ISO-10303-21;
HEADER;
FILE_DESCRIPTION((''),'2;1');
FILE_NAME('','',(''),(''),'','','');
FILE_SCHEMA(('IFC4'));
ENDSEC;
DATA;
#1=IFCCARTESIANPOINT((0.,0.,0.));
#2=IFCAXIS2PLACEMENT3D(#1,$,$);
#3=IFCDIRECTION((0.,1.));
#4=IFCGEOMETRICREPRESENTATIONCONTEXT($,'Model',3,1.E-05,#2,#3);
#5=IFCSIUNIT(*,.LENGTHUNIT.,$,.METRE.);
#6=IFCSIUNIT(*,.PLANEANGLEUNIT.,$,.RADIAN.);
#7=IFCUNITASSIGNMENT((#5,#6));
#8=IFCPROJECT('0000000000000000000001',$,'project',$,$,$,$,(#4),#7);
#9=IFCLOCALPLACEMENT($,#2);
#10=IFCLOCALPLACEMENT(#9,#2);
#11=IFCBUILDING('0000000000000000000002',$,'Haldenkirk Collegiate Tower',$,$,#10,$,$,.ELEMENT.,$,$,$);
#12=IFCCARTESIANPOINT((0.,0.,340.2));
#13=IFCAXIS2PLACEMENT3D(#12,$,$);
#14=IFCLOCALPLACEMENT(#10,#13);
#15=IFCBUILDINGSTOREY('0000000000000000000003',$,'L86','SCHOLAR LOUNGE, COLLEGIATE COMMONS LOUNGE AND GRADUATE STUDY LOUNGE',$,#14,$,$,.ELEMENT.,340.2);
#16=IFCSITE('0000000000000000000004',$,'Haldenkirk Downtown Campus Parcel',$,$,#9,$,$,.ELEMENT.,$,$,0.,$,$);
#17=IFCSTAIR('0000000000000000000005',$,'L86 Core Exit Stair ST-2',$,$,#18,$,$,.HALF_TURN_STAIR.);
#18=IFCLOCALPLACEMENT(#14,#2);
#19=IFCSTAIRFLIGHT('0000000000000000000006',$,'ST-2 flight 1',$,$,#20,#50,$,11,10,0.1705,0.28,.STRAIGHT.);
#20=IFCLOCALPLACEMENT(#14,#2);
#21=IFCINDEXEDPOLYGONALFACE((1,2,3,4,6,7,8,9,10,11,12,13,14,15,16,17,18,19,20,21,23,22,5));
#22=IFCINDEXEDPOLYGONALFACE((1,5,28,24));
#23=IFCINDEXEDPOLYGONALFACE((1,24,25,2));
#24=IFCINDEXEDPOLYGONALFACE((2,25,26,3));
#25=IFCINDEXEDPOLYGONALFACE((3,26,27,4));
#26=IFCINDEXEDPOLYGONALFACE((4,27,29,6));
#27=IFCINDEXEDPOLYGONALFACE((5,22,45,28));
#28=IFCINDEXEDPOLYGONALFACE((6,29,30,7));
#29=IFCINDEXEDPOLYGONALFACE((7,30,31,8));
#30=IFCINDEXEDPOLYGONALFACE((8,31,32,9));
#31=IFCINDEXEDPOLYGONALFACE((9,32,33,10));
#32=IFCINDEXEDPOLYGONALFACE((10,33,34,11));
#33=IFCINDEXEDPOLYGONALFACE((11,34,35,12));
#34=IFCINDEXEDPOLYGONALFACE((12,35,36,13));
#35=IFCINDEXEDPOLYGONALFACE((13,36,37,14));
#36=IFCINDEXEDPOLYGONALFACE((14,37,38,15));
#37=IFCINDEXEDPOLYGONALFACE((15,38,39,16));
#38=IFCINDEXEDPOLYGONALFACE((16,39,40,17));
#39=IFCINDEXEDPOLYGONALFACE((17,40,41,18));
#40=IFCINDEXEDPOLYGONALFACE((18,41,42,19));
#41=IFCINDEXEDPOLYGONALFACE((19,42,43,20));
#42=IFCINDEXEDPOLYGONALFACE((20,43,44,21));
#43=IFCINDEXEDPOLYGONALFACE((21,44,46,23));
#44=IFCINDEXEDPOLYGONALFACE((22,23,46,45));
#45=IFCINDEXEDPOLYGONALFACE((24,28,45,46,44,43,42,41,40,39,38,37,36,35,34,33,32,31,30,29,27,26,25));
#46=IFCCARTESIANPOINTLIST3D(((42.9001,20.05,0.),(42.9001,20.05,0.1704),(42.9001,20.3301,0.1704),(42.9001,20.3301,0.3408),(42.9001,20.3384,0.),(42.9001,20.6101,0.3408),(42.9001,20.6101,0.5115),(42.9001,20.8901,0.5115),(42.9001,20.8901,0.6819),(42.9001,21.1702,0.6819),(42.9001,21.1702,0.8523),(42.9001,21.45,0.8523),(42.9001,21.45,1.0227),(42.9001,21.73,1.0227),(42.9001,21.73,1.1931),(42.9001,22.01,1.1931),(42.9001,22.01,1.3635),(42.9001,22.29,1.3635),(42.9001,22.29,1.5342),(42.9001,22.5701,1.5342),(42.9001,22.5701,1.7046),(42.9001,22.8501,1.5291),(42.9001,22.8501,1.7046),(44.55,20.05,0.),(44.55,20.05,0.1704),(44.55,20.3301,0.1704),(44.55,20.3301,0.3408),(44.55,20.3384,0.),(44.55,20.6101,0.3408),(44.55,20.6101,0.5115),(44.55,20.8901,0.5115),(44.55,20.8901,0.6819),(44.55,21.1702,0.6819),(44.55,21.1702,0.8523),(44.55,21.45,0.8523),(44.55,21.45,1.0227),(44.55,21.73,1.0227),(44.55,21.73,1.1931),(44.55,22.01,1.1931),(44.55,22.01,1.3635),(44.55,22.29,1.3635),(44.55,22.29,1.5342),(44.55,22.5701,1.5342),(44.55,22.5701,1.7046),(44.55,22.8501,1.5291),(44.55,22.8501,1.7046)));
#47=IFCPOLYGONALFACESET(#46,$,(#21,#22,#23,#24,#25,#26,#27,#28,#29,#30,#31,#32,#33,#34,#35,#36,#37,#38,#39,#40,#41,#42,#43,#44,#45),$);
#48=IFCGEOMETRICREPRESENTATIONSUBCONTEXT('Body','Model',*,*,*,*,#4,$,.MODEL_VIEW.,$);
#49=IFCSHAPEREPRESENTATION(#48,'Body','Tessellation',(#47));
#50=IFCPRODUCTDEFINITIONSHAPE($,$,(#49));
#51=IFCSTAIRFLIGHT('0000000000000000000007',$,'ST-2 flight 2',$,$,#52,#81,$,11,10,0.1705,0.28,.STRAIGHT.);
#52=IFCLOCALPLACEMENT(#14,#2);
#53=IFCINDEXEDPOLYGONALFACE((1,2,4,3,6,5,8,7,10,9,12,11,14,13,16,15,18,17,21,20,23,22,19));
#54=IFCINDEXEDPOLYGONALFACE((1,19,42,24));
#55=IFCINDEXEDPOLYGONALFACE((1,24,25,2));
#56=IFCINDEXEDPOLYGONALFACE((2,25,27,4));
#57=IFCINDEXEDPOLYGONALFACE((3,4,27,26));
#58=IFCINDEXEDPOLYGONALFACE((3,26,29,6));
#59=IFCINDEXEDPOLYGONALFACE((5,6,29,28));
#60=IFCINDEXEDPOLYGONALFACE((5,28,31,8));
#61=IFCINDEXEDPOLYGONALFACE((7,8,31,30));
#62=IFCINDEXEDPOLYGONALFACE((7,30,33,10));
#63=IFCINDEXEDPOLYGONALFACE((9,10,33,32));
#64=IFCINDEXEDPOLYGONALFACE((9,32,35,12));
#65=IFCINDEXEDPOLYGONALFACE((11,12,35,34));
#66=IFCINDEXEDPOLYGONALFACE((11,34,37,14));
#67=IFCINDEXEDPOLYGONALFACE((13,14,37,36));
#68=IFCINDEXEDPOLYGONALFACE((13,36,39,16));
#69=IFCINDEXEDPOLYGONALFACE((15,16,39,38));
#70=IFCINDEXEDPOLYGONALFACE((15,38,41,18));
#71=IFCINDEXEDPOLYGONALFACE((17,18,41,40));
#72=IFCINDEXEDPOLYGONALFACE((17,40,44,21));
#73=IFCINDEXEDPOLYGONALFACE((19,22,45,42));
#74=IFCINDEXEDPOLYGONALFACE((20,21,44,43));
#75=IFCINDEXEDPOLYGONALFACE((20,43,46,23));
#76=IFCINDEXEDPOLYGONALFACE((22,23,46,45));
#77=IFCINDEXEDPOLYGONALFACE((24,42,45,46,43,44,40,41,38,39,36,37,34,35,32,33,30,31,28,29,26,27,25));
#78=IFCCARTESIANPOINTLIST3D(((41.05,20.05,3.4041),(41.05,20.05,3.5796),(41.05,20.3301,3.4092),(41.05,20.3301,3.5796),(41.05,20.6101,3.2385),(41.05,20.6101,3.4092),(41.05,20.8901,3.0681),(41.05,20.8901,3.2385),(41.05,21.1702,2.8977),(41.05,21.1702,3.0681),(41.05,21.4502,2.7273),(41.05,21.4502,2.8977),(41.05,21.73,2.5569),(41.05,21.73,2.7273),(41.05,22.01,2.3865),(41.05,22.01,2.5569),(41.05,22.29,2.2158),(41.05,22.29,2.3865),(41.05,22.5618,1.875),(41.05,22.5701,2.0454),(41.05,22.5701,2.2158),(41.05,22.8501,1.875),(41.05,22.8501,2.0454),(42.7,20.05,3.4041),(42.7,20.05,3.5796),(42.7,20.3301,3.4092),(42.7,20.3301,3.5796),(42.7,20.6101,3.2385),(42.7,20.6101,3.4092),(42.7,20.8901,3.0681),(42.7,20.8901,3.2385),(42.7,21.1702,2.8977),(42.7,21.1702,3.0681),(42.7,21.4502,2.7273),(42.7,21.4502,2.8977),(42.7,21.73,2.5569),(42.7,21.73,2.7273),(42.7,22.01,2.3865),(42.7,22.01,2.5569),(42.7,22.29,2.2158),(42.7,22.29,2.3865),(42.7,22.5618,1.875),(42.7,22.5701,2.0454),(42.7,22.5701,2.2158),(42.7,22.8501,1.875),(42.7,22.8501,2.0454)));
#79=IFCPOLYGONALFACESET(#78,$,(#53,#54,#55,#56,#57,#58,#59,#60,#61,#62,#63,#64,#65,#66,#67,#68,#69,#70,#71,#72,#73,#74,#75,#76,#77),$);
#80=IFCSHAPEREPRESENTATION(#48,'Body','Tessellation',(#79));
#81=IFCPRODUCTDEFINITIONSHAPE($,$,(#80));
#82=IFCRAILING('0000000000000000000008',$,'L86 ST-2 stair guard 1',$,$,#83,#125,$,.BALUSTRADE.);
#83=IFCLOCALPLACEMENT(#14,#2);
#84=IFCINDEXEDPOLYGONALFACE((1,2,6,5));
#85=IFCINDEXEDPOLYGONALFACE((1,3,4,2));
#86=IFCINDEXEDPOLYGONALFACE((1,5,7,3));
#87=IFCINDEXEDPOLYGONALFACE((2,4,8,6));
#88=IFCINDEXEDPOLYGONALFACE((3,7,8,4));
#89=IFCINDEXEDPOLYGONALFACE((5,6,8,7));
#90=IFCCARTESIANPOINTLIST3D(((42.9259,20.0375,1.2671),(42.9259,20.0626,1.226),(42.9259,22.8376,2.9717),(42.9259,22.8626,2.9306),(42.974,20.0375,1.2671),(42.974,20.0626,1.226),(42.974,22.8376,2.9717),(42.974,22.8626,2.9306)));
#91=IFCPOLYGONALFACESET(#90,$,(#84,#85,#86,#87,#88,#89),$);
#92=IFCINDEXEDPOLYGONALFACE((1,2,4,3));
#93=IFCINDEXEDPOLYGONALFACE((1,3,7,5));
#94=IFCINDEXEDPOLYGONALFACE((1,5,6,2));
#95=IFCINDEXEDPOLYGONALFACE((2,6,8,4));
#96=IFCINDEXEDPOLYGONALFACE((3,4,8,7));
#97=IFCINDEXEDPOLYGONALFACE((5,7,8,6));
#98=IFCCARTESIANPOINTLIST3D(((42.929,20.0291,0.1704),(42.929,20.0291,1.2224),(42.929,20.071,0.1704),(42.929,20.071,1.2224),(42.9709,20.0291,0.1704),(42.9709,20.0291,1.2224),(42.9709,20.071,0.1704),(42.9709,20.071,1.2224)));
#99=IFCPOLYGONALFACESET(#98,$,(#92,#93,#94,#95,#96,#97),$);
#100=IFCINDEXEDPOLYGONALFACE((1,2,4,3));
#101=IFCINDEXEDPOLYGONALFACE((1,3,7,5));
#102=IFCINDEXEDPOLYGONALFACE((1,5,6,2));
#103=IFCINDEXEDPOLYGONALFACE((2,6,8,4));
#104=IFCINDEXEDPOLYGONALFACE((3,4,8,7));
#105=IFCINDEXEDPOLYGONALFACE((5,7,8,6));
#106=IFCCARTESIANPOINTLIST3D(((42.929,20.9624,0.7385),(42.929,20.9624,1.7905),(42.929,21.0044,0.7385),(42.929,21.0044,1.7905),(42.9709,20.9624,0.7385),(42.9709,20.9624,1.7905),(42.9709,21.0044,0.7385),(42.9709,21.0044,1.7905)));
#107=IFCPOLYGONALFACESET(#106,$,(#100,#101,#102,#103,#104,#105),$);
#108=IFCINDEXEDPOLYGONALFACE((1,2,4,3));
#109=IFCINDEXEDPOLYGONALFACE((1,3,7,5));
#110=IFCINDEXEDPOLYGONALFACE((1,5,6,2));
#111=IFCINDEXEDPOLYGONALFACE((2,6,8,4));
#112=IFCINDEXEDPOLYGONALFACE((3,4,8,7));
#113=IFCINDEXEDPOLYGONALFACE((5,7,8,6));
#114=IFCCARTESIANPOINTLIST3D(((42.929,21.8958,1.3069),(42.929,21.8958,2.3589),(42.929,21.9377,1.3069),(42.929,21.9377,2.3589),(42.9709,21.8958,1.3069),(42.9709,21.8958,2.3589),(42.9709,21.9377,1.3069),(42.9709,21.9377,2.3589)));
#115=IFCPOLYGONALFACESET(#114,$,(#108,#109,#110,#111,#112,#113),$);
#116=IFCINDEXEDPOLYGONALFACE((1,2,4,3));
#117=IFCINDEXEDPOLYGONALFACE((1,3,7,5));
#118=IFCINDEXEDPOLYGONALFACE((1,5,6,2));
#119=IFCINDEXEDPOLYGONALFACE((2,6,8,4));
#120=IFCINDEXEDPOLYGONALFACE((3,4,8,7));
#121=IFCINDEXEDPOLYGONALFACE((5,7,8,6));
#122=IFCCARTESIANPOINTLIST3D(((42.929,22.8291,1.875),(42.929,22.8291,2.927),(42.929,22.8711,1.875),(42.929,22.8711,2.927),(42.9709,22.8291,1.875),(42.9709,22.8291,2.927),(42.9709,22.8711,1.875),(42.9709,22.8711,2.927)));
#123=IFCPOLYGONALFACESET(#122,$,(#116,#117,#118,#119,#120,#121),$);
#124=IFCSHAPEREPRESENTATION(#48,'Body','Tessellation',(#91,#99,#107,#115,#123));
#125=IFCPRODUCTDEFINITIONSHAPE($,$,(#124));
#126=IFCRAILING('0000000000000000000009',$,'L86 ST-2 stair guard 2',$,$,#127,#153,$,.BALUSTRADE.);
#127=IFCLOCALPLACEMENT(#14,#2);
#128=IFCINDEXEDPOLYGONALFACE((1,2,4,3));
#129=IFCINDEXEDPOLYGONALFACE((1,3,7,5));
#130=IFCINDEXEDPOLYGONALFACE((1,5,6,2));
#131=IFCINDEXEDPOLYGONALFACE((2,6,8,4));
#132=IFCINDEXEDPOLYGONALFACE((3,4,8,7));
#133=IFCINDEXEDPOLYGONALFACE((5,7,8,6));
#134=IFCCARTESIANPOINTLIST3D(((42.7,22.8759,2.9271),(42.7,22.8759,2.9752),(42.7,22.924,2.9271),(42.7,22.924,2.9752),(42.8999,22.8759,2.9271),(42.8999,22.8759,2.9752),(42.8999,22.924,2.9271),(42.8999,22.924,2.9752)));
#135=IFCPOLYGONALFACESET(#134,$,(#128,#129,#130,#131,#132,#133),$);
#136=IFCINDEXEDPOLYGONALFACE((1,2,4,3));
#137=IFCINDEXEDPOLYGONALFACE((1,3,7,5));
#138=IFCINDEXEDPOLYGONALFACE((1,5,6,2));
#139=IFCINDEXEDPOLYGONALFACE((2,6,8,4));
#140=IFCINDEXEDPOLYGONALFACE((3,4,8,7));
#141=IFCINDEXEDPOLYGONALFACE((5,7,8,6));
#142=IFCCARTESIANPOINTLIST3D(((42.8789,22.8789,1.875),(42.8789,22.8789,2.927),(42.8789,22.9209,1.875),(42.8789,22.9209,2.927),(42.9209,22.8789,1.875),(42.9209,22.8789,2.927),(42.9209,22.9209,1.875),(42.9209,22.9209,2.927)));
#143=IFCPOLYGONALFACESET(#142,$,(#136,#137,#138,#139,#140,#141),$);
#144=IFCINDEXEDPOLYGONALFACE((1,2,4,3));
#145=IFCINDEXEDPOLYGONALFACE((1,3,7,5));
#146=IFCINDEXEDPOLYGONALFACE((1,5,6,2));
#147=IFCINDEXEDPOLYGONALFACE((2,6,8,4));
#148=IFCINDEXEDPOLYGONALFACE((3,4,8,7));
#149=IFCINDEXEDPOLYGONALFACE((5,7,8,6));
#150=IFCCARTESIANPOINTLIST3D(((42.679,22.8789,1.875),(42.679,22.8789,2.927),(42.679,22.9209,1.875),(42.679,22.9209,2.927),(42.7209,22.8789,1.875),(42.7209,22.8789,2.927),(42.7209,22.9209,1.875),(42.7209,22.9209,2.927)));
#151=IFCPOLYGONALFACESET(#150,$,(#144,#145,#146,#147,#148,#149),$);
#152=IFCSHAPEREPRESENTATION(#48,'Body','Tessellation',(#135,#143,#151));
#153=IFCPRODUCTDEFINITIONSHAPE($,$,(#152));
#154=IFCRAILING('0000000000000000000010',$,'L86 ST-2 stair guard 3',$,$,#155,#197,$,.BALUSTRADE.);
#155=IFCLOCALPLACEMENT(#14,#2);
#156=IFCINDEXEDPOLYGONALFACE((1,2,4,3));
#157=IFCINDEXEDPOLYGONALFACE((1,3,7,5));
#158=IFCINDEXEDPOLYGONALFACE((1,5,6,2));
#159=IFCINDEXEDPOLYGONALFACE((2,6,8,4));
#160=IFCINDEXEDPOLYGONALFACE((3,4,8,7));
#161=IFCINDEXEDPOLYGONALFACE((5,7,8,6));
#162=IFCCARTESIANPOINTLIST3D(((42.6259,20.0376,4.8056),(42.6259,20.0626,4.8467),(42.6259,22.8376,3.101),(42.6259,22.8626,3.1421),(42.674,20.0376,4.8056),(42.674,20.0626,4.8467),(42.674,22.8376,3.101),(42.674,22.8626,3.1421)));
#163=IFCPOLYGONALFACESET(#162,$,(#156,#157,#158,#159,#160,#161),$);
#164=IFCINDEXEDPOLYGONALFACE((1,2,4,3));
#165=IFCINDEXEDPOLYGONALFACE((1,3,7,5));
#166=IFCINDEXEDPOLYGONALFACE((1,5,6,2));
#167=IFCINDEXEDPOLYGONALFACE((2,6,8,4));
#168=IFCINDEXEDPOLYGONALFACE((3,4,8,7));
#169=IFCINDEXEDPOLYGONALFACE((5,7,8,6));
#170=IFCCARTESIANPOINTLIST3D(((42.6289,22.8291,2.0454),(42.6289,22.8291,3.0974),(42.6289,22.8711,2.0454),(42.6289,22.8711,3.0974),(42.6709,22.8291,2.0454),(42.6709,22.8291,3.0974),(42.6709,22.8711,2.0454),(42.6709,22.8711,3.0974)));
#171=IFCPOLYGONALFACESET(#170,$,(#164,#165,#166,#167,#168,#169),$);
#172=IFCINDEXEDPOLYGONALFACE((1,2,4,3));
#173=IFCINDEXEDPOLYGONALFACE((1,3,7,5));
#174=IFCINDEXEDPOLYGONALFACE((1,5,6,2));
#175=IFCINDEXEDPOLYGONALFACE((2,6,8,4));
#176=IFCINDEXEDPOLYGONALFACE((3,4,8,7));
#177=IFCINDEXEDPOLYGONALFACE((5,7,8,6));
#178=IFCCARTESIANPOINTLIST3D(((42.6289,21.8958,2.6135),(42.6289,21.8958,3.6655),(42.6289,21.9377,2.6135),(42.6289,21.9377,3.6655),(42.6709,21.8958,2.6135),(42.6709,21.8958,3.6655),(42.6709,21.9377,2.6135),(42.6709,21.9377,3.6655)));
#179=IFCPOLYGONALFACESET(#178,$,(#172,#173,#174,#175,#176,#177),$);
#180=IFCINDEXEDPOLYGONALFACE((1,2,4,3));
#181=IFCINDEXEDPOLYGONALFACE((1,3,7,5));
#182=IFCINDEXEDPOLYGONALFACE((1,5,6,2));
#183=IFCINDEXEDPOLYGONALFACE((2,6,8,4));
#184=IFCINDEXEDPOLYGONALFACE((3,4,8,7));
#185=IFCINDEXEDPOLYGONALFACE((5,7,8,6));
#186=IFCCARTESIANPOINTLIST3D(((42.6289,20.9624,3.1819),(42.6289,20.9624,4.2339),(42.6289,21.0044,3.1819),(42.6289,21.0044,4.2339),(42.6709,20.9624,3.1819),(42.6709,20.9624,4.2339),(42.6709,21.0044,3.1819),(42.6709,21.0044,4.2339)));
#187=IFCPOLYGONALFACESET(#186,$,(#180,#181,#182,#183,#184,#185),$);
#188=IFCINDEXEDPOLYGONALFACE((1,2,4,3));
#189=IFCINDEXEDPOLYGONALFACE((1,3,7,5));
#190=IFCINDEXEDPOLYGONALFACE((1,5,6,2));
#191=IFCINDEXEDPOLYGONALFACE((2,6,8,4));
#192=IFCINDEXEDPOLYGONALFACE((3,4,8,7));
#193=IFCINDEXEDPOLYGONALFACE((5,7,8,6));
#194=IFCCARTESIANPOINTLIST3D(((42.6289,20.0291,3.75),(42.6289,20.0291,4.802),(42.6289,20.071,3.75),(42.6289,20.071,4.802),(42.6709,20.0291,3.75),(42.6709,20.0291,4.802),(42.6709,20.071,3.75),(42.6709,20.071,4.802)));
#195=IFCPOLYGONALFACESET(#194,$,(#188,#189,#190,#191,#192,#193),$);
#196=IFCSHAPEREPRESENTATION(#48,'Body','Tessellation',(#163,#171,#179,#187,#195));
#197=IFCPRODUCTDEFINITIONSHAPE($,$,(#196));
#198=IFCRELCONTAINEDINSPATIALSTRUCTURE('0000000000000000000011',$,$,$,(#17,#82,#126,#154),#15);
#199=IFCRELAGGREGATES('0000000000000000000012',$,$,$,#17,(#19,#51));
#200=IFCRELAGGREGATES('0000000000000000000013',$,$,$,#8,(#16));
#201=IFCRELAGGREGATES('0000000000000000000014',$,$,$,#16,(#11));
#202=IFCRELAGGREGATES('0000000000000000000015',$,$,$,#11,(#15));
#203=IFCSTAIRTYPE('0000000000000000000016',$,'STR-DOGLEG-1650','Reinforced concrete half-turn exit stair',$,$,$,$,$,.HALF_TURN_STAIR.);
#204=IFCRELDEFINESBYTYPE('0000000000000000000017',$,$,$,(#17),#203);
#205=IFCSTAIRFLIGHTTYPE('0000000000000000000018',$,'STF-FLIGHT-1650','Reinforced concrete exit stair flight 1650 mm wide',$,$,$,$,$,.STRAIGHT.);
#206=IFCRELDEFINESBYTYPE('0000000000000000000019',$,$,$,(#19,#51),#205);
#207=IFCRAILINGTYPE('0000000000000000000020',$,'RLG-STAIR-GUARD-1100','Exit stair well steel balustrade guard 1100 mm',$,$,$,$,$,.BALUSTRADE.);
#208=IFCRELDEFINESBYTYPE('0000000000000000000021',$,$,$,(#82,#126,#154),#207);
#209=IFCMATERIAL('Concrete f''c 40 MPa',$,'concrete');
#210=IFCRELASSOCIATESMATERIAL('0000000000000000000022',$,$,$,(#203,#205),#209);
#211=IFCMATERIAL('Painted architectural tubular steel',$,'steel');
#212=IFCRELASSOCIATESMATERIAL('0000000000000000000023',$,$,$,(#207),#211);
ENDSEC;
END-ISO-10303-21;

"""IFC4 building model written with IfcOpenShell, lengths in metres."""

from ifc_helpers import new_model, si_unit, direction, frame, origin, origin_2d, place, context, subcontext, project, spatial, polyline, rectangle, outline, extrude, material, type_object, element, aggregate, save


model = new_model("IFC4")

# Units and contexts
model_context = context("Model", 3, precision=1e-05, world=origin(), true_north=direction((0.0, 1.0)))
body_context = subcontext(model_context, "Body", "Model", "MODEL_VIEW")
ifc_project = project(units=[si_unit("LENGTHUNIT", "METRE"), si_unit("PLANEANGLEUNIT", "RADIAN")], contexts=[model_context])

# Site, building, storey
site_placement = place(None, origin())
site = spatial("IfcSite", under=ifc_project, at=site_placement, Name="Haldenkirk Downtown Campus Parcel", CompositionType="ELEMENT", RefElevation=0.0)
building_placement = place(site_placement, origin())
building = spatial("IfcBuilding", under=site, at=building_placement, Name="Haldenkirk Collegiate Tower", CompositionType="ELEMENT")
storey_placement = place(building_placement, frame((0.0, 0.0, 340.2)))
storey = spatial("IfcBuildingStorey", under=building, at=storey_placement, Name="L86", Description="SCHOLAR LOUNGE, COLLEGIATE COMMONS LOUNGE AND GRADUATE STUDY LOUNGE", CompositionType="ELEMENT", Elevation=340.2)

# Stair, stair flights
ifc_material_1 = material(Name="Concrete f'c 40 MPa", Category="concrete")
stair_type = type_object("IfcStairType", Name="STR-DOGLEG-1650", Description="Reinforced concrete half-turn exit stair", PredefinedType="HALF_TURN_STAIR", material=ifc_material_1)
stair_placement = place(storey_placement, origin())
stair = element("IfcStair", 1, at=stair_placement, inside=storey, type_object=stair_type, Name="L86 Core Exit Stair ST-2", PredefinedType="HALF_TURN_STAIR")
stair_flight_type = type_object("IfcStairFlightType", Name="STF-FLIGHT-1650", Description="Reinforced concrete exit stair flight 1650 mm wide", PredefinedType="STRAIGHT", material=ifc_material_1)
stair_flight_1_placement = place(storey_placement, frame((43.7251, 20.05, 0.0), z_axis=(0.0, 0.0, 1.0), x_axis=(0.0, 1.0, 0.0)))
stair_flight_1 = element("IfcStairFlight", 2, at=stair_flight_1_placement, type_object=stair_flight_type, Name="ST-2 flight 1", NumberOfRisers=11, NumberOfTreads=10, PredefinedType="STRAIGHT", RiserHeight=0.1705, TreadLength=0.28, context=body_context, shape_type="SweptSolid", body=[
    extrude(outline(polyline([(0.0, 0.0), (0.0, 0.1704), (0.28, 0.1704), (0.28, 0.3408), (0.5601, 0.3408), (0.5601, 0.5115), (0.8401, 0.5115), (0.8401, 0.6819), (1.1201, 0.6819), (1.1201, 0.8523), (1.3999, 0.8523), (1.3999, 1.0227), (1.6799, 1.0227), (1.6799, 1.1931), (1.96, 1.1931), (1.96, 1.3635), (2.24, 1.3635), (2.24, 1.5342), (2.52, 1.5342), (2.52, 1.7046), (2.8, 1.7046), (2.8, 1.875), (2.8, 1.5291), (0.2883, 0.0), (0.0, 0.0)])), frame((0.0, 0.825, 0.0), z_axis=(0.0, -1.0, 0.0), x_axis=(1.0, 0.0, 0.0)), (0.0, 0.0, 1.0), 1.6499),
])
stair_flight_2_placement = place(storey_placement, frame((41.875, 22.8501, 1.875), z_axis=(0.0, 0.0, 1.0), x_axis=(0.0, -1.0, 0.0)))
stair_flight_2 = element("IfcStairFlight", 3, at=stair_flight_2_placement, type_object=stair_flight_type, Name="ST-2 flight 2", NumberOfRisers=11, NumberOfTreads=10, PredefinedType="STRAIGHT", RiserHeight=0.1705, TreadLength=0.28, context=body_context, shape_type="SweptSolid", body=[
    extrude(outline(polyline([(0.0, 0.0), (0.0, 0.1704), (0.28, 0.1704), (0.28, 0.3408), (0.5601, 0.3408), (0.5601, 0.5115), (0.8401, 0.5115), (0.8401, 0.6819), (1.1201, 0.6819), (1.1201, 0.8523), (1.3999, 0.8523), (1.3999, 1.0227), (1.6799, 1.0227), (1.6799, 1.1931), (1.96, 1.1931), (1.96, 1.3635), (2.24, 1.3635), (2.24, 1.5342), (2.52, 1.5342), (2.52, 1.7046), (2.8, 1.7046), (2.8, 1.875), (2.8, 1.5291), (0.2883, 0.0), (0.0, 0.0)])), frame((0.0, 0.825, 0.0), z_axis=(0.0, -1.0, 0.0), x_axis=(1.0, 0.0, 0.0)), (0.0, 0.0, 1.0), 1.6499),
])
aggregate(stair, [stair_flight_1, stair_flight_2])

# Railings
ifc_material_2 = material(Name="Painted architectural tubular steel", Category="steel")
railing_type_1 = type_object("IfcRailingType", Name="RLG-STAIR-GUARD-1100", Description="Exit stair well steel balustrade guard 1100 mm", PredefinedType="BALUSTRADE", material=ifc_material_2)
railing_1_placement = place(storey_placement, frame((42.95, 20.05, 0.1704)))
element("IfcRailing", 4, at=railing_1_placement, inside=storey, type_object=railing_type_1, Name="L86 ST-2 stair guard 1", PredefinedType="BALUSTRADE", context=body_context, shape_type="SweptSolid", body=[
    extrude(rectangle(XDim=0.0481, YDim=0.0481, at=origin_2d()), frame((0.0, 0.0, 1.0762), z_axis=(0.0, 0.85417, 0.519994), x_axis=(-1.0, 0.0, 0.0)), (0.0, 0.0, 1.0), 3.2781),
    extrude(rectangle(XDim=0.042, YDim=0.042, at=origin_2d()), origin(), (0.0, 0.0, 1.0), 1.052),
    extrude(rectangle(XDim=0.042, YDim=0.042, at=origin_2d()), frame((0.0, 0.9333, 0.5681)), (0.0, 0.0, 1.0), 1.052),
    extrude(rectangle(XDim=0.042, YDim=0.042, at=origin_2d()), frame((0.0, 1.8667, 1.1365)), (0.0, 0.0, 1.0), 1.052),
    extrude(rectangle(XDim=0.042, YDim=0.042, at=origin_2d()), frame((0.0, 2.8, 1.7046)), (0.0, 0.0, 1.0), 1.052),
])
railing_2_placement = place(storey_placement, frame((42.8999, 22.8999, 1.875)))
element("IfcRailing", 5, at=railing_2_placement, inside=storey, type_object=railing_type_1, Name="L86 ST-2 stair guard 2", PredefinedType="BALUSTRADE", context=body_context, shape_type="SweptSolid", body=[
    extrude(rectangle(XDim=0.0481, YDim=0.0481, at=origin_2d()), frame((0.0, 0.0, 1.0762), z_axis=(-1.0, 0.0, 0.0), x_axis=(0.0, -1.0, 0.0)), (0.0, 0.0, 1.0), 0.2),
    extrude(rectangle(XDim=0.042, YDim=0.042, at=origin_2d()), origin(), (0.0, 0.0, 1.0), 1.052),
    extrude(rectangle(XDim=0.042, YDim=0.042, at=origin_2d()), frame((-0.2, 0.0, 0.0)), (0.0, 0.0, 1.0), 1.052),
])
railing_3_placement = place(storey_placement, frame((42.6499, 22.8501, 2.0454)))
element("IfcRailing", 6, at=railing_3_placement, inside=storey, type_object=railing_type_1, Name="L86 ST-2 stair guard 3", PredefinedType="BALUSTRADE", context=body_context, shape_type="SweptSolid", body=[
    extrude(rectangle(XDim=0.0481, YDim=0.0481, at=origin_2d()), frame((0.0, 0.0, 1.0762), z_axis=(0.0, -0.85417, 0.519994), x_axis=(1.0, 0.0, 0.0)), (0.0, 0.0, 1.0), 3.2781),
    extrude(rectangle(XDim=0.042, YDim=0.042, at=origin_2d()), origin(), (0.0, 0.0, 1.0), 1.052),
    extrude(rectangle(XDim=0.042, YDim=0.042, at=origin_2d()), frame((0.0, -0.9333, 0.5681)), (0.0, 0.0, 1.0), 1.052),
    extrude(rectangle(XDim=0.042, YDim=0.042, at=origin_2d()), frame((0.0, -1.8667, 1.1365)), (0.0, 0.0, 1.0), 1.052),
    extrude(rectangle(XDim=0.042, YDim=0.042, at=origin_2d()), frame((0.0, -2.8, 1.7046)), (0.0, 0.0, 1.0), 1.052),
])

save(model, "model.ifc")
